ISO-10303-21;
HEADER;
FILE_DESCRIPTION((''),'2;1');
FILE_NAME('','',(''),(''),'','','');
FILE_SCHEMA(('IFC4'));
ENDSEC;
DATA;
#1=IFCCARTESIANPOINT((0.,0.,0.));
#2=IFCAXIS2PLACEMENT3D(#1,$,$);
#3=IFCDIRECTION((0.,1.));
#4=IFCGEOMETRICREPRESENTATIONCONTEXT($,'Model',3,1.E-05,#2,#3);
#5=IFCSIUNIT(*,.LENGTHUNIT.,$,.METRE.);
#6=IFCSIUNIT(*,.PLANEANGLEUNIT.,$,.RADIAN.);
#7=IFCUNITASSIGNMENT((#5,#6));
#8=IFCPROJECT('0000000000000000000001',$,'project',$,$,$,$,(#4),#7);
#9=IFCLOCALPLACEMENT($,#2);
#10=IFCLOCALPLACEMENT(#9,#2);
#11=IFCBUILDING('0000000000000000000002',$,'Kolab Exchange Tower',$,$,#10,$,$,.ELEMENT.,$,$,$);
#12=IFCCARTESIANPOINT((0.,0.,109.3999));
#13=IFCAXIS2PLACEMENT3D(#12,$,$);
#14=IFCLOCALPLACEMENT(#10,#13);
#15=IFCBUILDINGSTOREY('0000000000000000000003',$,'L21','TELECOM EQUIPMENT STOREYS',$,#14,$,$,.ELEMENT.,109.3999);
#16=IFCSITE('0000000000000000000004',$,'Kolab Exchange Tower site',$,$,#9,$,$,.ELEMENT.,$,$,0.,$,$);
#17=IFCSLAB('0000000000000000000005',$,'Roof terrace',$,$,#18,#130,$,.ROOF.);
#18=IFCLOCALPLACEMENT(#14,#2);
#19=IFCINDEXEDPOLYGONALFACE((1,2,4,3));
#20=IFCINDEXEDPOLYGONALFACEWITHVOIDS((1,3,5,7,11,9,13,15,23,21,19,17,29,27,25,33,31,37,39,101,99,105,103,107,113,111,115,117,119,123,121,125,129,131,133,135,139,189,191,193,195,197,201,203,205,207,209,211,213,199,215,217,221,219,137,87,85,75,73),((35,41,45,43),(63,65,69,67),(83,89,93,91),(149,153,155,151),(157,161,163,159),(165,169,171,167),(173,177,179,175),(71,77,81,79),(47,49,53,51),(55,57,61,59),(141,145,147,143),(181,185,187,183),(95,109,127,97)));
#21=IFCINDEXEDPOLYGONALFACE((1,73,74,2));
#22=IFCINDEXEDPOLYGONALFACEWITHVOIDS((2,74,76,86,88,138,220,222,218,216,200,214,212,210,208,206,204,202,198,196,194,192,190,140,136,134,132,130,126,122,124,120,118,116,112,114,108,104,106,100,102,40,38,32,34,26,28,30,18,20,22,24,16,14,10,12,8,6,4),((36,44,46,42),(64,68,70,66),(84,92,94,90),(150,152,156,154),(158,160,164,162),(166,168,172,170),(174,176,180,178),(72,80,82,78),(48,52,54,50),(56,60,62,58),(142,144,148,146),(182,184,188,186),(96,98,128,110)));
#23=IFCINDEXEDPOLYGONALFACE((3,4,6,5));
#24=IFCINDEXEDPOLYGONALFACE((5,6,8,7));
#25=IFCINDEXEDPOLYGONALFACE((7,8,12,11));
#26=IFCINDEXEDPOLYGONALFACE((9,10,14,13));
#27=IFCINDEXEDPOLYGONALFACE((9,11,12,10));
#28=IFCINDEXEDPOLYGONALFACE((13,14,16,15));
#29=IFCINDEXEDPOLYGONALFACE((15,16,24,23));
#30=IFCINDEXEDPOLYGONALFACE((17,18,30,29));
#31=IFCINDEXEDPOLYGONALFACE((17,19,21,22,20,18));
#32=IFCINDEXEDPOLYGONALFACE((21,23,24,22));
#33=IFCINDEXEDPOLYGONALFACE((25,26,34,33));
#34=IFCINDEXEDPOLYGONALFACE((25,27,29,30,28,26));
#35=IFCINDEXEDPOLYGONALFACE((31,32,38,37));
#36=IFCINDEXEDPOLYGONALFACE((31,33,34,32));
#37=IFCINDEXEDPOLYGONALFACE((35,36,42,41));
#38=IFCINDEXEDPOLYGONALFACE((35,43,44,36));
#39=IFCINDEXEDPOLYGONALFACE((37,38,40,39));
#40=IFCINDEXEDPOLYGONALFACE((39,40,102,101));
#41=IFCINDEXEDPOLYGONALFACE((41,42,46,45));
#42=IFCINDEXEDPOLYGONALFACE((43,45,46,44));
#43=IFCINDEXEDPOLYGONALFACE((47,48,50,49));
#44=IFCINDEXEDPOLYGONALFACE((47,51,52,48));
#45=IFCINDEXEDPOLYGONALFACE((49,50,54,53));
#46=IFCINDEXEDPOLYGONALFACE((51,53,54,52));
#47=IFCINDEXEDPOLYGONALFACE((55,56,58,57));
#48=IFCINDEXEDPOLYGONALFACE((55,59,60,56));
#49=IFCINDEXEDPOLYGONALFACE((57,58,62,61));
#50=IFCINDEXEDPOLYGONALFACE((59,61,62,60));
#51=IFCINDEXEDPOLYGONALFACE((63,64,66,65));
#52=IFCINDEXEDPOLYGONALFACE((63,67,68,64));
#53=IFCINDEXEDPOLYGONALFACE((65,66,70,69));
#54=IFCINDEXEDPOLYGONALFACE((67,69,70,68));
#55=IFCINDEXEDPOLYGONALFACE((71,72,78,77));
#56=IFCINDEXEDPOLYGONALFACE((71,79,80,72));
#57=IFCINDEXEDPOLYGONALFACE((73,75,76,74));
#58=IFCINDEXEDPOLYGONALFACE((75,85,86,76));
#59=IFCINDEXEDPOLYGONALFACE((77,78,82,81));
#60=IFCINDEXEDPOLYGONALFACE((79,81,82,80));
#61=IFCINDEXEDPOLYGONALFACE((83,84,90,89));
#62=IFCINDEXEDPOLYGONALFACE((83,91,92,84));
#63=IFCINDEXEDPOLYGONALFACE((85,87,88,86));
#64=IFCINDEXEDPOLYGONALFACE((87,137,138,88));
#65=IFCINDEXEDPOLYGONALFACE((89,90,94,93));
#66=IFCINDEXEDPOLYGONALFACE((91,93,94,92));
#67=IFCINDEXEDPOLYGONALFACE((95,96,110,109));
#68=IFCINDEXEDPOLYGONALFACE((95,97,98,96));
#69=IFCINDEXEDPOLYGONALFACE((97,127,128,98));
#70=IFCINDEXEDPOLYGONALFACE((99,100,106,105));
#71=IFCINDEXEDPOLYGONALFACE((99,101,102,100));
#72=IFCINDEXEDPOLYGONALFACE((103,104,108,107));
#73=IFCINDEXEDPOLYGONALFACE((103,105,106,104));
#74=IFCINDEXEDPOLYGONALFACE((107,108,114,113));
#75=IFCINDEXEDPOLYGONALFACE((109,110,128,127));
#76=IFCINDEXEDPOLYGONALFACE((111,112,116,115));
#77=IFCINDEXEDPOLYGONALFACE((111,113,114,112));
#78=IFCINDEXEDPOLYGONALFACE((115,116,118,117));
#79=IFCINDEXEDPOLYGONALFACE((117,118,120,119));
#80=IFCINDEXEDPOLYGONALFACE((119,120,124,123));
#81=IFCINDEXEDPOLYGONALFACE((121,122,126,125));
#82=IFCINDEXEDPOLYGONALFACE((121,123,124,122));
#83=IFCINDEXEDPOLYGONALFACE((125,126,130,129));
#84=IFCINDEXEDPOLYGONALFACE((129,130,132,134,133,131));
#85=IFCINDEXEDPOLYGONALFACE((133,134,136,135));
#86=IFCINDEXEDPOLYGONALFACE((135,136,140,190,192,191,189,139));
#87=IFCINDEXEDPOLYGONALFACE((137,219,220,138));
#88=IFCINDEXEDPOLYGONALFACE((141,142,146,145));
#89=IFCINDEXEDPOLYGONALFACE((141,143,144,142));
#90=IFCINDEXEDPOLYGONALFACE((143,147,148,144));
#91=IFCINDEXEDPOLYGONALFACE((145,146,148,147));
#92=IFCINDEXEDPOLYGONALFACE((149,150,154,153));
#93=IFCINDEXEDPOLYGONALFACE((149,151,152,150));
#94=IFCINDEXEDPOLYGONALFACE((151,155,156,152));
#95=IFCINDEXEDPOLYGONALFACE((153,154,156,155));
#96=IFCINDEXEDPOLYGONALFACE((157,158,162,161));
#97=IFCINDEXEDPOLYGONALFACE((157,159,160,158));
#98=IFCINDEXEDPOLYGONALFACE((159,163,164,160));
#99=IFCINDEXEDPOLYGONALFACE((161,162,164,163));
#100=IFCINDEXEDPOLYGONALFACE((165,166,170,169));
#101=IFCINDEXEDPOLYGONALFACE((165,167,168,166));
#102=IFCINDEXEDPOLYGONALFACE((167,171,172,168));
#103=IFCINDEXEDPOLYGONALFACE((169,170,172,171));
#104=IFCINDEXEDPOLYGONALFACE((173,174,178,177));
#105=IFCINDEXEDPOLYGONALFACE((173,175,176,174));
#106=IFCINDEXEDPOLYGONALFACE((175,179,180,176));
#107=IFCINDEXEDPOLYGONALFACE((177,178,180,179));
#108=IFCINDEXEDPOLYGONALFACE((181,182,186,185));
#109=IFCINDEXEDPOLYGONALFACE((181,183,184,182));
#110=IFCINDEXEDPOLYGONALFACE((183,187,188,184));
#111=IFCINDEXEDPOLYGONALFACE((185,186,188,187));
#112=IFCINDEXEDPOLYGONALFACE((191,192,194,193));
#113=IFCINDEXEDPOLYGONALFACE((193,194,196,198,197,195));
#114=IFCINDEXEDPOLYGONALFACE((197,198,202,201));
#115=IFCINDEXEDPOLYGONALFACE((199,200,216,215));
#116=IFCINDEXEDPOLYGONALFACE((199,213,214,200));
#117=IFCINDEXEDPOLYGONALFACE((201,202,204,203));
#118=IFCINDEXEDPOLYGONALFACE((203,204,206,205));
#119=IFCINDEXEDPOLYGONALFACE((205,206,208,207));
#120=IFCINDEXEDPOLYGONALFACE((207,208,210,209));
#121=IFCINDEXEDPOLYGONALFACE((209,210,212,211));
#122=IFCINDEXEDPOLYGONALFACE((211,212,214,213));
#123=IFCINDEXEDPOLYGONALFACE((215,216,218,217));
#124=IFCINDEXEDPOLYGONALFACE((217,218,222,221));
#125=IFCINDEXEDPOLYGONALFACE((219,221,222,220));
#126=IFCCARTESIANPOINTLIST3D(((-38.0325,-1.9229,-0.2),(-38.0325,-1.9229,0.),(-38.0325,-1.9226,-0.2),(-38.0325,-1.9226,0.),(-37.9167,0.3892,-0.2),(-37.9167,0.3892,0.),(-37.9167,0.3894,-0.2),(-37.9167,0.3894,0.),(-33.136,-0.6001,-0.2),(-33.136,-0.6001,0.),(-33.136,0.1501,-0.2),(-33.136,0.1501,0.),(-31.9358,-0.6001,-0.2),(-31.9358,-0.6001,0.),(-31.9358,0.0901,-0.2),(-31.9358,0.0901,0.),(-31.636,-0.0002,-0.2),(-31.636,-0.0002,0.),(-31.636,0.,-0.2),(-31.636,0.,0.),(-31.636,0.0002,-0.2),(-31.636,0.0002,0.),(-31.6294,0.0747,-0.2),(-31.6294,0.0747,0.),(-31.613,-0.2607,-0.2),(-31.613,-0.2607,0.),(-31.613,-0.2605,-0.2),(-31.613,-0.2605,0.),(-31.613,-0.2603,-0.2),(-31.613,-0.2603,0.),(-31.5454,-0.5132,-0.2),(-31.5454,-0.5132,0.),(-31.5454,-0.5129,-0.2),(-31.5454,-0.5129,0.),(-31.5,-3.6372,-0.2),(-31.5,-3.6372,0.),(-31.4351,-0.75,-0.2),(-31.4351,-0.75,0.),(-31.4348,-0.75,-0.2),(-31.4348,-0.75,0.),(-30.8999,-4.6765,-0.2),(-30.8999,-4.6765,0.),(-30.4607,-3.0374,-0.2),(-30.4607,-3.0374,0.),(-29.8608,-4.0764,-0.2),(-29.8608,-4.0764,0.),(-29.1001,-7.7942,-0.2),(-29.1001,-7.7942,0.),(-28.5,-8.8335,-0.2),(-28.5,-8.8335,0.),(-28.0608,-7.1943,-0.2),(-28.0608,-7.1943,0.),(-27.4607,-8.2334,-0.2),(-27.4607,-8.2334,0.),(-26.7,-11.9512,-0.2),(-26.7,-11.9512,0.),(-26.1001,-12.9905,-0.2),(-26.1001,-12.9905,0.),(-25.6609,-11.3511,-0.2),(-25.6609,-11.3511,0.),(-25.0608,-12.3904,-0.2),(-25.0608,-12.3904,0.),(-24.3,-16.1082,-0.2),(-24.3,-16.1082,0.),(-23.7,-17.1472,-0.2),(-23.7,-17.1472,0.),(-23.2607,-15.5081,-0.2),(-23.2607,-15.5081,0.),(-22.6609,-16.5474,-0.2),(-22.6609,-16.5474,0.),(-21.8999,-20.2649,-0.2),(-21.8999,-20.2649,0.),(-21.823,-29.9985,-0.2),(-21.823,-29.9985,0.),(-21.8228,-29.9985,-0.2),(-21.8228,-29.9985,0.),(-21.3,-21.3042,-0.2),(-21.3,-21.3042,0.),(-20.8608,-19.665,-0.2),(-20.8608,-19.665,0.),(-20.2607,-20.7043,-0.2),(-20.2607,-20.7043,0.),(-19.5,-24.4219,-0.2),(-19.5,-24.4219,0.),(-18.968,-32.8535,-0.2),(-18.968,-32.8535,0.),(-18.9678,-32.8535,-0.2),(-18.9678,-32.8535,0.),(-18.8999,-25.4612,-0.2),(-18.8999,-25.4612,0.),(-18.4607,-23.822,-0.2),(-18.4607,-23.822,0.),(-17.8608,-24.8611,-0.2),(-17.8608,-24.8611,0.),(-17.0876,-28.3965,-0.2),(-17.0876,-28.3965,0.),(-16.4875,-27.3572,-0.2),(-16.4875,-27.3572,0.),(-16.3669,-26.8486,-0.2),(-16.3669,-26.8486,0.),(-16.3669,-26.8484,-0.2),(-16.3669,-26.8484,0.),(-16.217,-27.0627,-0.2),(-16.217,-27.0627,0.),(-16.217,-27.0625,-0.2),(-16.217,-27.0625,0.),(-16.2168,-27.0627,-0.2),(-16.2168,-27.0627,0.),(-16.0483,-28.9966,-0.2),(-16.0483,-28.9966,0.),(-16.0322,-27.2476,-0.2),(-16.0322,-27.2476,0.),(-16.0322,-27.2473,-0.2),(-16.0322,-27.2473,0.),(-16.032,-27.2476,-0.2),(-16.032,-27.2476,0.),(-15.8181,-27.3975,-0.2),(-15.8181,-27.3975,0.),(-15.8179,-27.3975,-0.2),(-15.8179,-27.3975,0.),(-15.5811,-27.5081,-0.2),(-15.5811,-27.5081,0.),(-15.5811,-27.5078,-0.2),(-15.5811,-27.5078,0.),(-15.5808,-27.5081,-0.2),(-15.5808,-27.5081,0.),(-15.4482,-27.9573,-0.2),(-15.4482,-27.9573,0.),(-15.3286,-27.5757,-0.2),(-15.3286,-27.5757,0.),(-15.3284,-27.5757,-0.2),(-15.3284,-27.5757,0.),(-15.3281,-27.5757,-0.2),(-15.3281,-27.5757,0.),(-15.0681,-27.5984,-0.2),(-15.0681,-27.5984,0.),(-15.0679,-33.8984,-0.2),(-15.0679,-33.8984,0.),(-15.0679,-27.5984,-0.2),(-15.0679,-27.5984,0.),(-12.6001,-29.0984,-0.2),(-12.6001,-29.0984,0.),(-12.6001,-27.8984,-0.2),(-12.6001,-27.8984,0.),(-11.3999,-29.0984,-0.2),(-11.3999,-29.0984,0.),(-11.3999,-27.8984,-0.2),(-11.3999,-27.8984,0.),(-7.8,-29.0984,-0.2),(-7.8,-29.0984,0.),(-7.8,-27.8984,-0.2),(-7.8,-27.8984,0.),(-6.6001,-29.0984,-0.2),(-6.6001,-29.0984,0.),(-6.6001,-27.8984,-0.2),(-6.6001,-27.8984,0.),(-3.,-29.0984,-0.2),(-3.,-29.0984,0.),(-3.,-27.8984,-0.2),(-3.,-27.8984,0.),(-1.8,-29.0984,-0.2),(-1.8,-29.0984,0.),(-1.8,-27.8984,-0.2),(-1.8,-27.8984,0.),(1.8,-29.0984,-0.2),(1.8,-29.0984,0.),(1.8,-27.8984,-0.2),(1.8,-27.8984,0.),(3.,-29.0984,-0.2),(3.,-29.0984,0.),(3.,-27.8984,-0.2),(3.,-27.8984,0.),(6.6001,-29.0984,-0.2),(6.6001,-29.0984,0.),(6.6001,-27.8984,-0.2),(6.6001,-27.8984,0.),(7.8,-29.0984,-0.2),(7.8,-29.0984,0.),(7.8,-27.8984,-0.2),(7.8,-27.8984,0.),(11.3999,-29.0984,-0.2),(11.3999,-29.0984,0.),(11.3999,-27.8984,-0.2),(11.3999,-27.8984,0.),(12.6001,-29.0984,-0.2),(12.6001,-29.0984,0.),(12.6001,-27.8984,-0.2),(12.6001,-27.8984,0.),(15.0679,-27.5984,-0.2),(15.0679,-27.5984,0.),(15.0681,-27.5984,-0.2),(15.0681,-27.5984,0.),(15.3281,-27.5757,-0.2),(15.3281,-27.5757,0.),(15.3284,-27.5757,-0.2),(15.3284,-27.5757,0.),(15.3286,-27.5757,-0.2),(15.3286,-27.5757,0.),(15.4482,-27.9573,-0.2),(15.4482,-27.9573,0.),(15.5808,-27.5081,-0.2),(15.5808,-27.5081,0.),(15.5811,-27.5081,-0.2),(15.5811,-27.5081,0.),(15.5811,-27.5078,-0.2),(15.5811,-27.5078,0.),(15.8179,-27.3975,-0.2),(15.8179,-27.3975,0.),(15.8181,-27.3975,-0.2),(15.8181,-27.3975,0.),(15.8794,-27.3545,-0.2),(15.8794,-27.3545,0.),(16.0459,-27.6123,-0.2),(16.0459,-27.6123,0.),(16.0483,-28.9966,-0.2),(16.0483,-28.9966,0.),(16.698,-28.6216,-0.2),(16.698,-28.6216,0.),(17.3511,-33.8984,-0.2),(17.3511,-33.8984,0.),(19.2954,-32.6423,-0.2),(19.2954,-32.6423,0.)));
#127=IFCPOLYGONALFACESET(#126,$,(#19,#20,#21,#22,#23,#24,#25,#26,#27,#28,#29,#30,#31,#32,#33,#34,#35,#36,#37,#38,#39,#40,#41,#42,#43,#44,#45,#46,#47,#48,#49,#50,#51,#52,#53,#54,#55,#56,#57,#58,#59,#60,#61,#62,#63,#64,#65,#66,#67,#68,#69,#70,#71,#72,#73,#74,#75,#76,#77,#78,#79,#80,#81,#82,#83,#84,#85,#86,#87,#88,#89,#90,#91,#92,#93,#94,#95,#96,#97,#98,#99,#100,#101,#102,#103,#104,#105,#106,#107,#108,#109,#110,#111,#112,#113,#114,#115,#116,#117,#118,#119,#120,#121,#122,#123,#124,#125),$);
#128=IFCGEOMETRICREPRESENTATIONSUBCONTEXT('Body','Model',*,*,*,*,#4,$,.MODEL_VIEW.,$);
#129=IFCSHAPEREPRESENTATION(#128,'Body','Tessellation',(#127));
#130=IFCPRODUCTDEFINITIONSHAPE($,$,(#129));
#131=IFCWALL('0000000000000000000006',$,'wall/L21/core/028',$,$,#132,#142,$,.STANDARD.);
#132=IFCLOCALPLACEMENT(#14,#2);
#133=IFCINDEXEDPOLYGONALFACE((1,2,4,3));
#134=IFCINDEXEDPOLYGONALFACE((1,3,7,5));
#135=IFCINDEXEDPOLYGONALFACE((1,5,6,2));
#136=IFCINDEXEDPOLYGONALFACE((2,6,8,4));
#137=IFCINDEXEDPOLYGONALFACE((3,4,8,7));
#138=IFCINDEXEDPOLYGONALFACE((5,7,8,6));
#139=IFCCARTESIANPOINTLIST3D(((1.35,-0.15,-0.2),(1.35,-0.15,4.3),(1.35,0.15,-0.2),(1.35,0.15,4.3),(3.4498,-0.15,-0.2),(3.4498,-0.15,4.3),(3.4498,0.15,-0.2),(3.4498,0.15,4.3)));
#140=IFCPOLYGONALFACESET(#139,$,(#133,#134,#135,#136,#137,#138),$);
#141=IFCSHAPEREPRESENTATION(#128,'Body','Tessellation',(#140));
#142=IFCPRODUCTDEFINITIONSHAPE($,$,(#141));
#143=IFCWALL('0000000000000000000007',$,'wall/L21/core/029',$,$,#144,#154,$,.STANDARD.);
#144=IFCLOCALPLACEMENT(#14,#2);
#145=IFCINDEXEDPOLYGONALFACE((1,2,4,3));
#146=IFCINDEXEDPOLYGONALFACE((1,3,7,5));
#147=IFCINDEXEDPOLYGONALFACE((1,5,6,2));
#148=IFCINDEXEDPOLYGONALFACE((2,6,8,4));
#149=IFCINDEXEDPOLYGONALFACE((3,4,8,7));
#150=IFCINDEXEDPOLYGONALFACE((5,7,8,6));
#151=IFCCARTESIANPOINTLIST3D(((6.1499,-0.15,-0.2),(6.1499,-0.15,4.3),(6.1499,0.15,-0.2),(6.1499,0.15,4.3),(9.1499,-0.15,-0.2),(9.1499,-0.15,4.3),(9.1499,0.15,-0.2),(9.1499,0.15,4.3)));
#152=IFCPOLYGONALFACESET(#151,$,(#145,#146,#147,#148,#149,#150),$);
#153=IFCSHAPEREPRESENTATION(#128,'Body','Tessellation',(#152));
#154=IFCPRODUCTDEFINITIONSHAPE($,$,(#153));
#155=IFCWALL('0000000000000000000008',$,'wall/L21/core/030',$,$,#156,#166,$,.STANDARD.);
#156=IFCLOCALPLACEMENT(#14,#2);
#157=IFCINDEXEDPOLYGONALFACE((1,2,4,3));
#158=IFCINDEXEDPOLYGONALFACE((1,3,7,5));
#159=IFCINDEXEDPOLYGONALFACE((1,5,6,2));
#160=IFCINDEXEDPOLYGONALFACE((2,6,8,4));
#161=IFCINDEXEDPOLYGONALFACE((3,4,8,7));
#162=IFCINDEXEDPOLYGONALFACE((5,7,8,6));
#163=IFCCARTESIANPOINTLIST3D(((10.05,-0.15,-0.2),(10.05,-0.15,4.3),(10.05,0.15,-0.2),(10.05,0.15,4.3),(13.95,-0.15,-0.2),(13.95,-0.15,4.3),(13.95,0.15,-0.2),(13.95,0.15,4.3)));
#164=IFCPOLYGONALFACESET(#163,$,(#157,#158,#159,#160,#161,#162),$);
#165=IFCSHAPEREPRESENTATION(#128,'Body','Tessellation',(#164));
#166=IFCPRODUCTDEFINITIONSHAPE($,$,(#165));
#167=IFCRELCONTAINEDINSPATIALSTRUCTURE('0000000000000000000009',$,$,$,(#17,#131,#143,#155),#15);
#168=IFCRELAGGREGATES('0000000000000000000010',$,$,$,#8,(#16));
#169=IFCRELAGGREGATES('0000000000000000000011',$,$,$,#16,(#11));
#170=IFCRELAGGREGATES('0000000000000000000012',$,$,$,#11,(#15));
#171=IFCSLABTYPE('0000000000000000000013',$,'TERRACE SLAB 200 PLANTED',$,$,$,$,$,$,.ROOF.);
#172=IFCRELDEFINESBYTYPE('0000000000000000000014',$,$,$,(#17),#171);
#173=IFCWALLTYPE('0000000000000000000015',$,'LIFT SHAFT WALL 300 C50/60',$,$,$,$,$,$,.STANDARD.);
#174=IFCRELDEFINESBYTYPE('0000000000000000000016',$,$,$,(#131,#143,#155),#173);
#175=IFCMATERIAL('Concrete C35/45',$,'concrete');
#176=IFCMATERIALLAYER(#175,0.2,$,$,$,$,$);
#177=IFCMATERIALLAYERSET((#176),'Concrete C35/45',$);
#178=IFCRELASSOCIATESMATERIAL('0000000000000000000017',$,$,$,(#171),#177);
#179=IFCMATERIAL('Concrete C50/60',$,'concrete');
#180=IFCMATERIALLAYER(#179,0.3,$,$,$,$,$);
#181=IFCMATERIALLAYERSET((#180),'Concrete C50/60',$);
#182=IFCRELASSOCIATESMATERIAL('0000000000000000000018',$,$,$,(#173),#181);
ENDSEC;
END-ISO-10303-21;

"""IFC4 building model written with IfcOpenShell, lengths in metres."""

from ifc_helpers import new_model, si_unit, direction, frame, frame_2d, origin, place, context, subcontext, project, spatial, polyline, rectangle, outline, extrude, material, layer, layer_set, type_object, element, save


model = new_model("IFC4")

# Units and contexts
model_context = context("Model", 3, precision=1e-05, world=origin(), true_north=direction((0.0, 1.0)))
body_context = subcontext(model_context, "Body", "Model", "MODEL_VIEW")
ifc_project = project(units=[si_unit("LENGTHUNIT", "METRE"), si_unit("PLANEANGLEUNIT", "RADIAN")], contexts=[model_context])

# Site, building, storey
site_placement = place(None, origin())
site = spatial("IfcSite", under=ifc_project, at=site_placement, Name="Kolab Exchange Tower site", CompositionType="ELEMENT", RefElevation=0.0)
building_placement = place(site_placement, origin())
building = spatial("IfcBuilding", under=site, at=building_placement, Name="Kolab Exchange Tower", CompositionType="ELEMENT")
storey_placement = place(building_placement, frame((0.0, 0.0, 109.3999)))
storey = spatial("IfcBuildingStorey", under=building, at=storey_placement, Name="L21", Description="TELECOM EQUIPMENT STOREYS", CompositionType="ELEMENT", Elevation=109.3999)

# Shared definitions
ifc_material_1 = material(Name="Concrete C35/45", Category="concrete")

# Shared definitions
ifc_material_2 = material(Name="Concrete C50/60", Category="concrete")

# Slab
ifc_layer_1 = layer(ifc_material_1, 0.2)
ifc_layer_set_1 = layer_set([ifc_layer_1], Name="Concrete C35/45")
slab_type_1 = type_object("IfcSlabType", Name="TERRACE SLAB 200 PLANTED", PredefinedType="ROOF", material=ifc_layer_set_1)
slab_1_placement = place(storey_placement, frame((0.0, 0.0, -0.2)))
element("IfcSlab", 1, at=slab_1_placement, inside=storey, type_object=slab_type_1, Name="Roof terrace", PredefinedType="ROOF", context=body_context, shape_type="SweptSolid", body=[
    extrude(outline(polyline([(-38.0325, -1.9226), (-38.0325, -1.9229), (-21.823, -29.9985), (-21.8228, -29.9985), (-18.968, -32.8535), (-18.9678, -32.8535), (-15.0679, -33.8984), (17.3511, -33.8984), (19.2954, -32.6423), (16.698, -28.6216), (16.0483, -28.9966), (15.4482, -27.9573), (16.0459, -27.6123), (15.8794, -27.3545), (15.8181, -27.3975), (15.8179, -27.3975), (15.5811, -27.5078), (15.5811, -27.5081), (15.5808, -27.5081), (15.3286, -27.5757), (15.3284, -27.5757), (15.3281, -27.5757), (15.0681, -27.5984), (15.0679, -27.5984), (-15.0679, -27.5984), (-15.0681, -27.5984), (-15.3281, -27.5757), (-15.3284, -27.5757), (-15.3286, -27.5757), (-15.5808, -27.5081), (-15.5811, -27.5081), (-15.5811, -27.5078), (-15.8179, -27.3975), (-15.8181, -27.3975), (-16.032, -27.2476), (-16.0322, -27.2476), (-16.0322, -27.2473), (-16.2168, -27.0627), (-16.217, -27.0627), (-16.217, -27.0625), (-16.3669, -26.8486), (-16.3669, -26.8484), (-31.4348, -0.75), (-31.4351, -0.75), (-31.5454, -0.5132), (-31.5454, -0.5129), (-31.613, -0.2607), (-31.613, -0.2605), (-31.613, -0.2603), (-31.636, -0.0002), (-31.636, 0.0), (-31.636, 0.0002), (-31.6294, 0.0747), (-31.9358, 0.0901), (-31.9358, -0.6001), (-33.136, -0.6001), (-33.136, 0.1501), (-37.9167, 0.3894), (-37.9167, 0.3892), (-38.0325, -1.9226)]), holes=[polyline([(-12.6001, -27.8984), (-11.3999, -27.8984), (-11.3999, -29.0984), (-12.6001, -29.0984), (-12.6001, -27.8984)]), polyline([(-17.0876, -28.3965), (-16.4875, -27.3572), (-15.4482, -27.9573), (-16.0483, -28.9966), (-17.0876, -28.3965)]), polyline([(-19.5, -24.4219), (-18.4607, -23.822), (-17.8608, -24.8611), (-18.8999, -25.4612), (-19.5, -24.4219)]), polyline([(-21.8999, -20.2649), (-20.8608, -19.665), (-20.2607, -20.7043), (-21.3, -21.3042), (-21.8999, -20.2649)]), polyline([(-24.3, -16.1082), (-23.2607, -15.5081), (-22.6609, -16.5474), (-23.7, -17.1472), (-24.3, -16.1082)]), polyline([(-26.7, -11.9512), (-25.6609, -11.3511), (-25.0608, -12.3904), (-26.1001, -12.9905), (-26.7, -11.9512)]), polyline([(-28.0608, -7.1943), (-27.4607, -8.2334), (-28.5, -8.8335), (-29.1001, -7.7942), (-28.0608, -7.1943)]), polyline([(-30.4607, -3.0374), (-29.8608, -4.0764), (-30.8999, -4.6765), (-31.5, -3.6372), (-30.4607, -3.0374)]), polyline([(-3.0, -27.8984), (-1.8, -27.8984), (-1.8, -29.0984), (-3.0, -29.0984), (-3.0, -27.8984)]), polyline([(-7.8, -27.8984), (-6.6001, -27.8984), (-6.6001, -29.0984), (-7.8, -29.0984), (-7.8, -27.8984)]), polyline([(6.6001, -27.8984), (7.8, -27.8984), (7.8, -29.0984), (6.6001, -29.0984), (6.6001, -27.8984)]), polyline([(1.8, -27.8984), (3.0, -27.8984), (3.0, -29.0984), (1.8, -29.0984), (1.8, -27.8984)]), polyline([(11.3999, -27.8984), (12.6001, -27.8984), (12.6001, -29.0984), (11.3999, -29.0984), (11.3999, -27.8984)])]), origin(), (0.0, 0.0, 1.0), 0.2),
])

# Walls
ifc_layer_2 = layer(ifc_material_2, 0.3)
ifc_layer_set_2 = layer_set([ifc_layer_2], Name="Concrete C50/60")
wall_type = type_object("IfcWallType", Name="LIFT SHAFT WALL 300 C50/60", PredefinedType="STANDARD", material=ifc_layer_set_2)
wall_1_placement = place(storey_placement, frame((1.3501, 0.0, -0.2), z_axis=(0.0, 0.0, 1.0), x_axis=(1.0, 0.0, 0.0)))
element("IfcWall", 2, at=wall_1_placement, inside=storey, type_object=wall_type, Name="wall/L21/core/028", PredefinedType="STANDARD", context=body_context, shape_type="SweptSolid", body=[
    extrude(rectangle(XDim=2.0999, YDim=0.3, at=frame_2d((1.0498, 0.0))), origin(), (0.0, 0.0, 1.0), 4.5),
])
wall_2_placement = place(storey_placement, frame((6.1499, 0.0, -0.2), z_axis=(0.0, 0.0, 1.0), x_axis=(1.0, 0.0, 0.0)))
element("IfcWall", 3, at=wall_2_placement, inside=storey, type_object=wall_type, Name="wall/L21/core/029", PredefinedType="STANDARD", context=body_context, shape_type="SweptSolid", body=[
    extrude(rectangle(XDim=3.0, YDim=0.3, at=frame_2d((1.5, 0.0))), origin(), (0.0, 0.0, 1.0), 4.5),
])
wall_3_placement = place(storey_placement, frame((10.05, 0.0, -0.2), z_axis=(0.0, 0.0, 1.0), x_axis=(1.0, 0.0, 0.0)))
element("IfcWall", 4, at=wall_3_placement, inside=storey, type_object=wall_type, Name="wall/L21/core/030", PredefinedType="STANDARD", context=body_context, shape_type="SweptSolid", body=[
    extrude(rectangle(XDim=3.8999, YDim=0.3, at=frame_2d((1.95, 0.0))), origin(), (0.0, 0.0, 1.0), 4.5),
])

save(model, "model.ifc")
